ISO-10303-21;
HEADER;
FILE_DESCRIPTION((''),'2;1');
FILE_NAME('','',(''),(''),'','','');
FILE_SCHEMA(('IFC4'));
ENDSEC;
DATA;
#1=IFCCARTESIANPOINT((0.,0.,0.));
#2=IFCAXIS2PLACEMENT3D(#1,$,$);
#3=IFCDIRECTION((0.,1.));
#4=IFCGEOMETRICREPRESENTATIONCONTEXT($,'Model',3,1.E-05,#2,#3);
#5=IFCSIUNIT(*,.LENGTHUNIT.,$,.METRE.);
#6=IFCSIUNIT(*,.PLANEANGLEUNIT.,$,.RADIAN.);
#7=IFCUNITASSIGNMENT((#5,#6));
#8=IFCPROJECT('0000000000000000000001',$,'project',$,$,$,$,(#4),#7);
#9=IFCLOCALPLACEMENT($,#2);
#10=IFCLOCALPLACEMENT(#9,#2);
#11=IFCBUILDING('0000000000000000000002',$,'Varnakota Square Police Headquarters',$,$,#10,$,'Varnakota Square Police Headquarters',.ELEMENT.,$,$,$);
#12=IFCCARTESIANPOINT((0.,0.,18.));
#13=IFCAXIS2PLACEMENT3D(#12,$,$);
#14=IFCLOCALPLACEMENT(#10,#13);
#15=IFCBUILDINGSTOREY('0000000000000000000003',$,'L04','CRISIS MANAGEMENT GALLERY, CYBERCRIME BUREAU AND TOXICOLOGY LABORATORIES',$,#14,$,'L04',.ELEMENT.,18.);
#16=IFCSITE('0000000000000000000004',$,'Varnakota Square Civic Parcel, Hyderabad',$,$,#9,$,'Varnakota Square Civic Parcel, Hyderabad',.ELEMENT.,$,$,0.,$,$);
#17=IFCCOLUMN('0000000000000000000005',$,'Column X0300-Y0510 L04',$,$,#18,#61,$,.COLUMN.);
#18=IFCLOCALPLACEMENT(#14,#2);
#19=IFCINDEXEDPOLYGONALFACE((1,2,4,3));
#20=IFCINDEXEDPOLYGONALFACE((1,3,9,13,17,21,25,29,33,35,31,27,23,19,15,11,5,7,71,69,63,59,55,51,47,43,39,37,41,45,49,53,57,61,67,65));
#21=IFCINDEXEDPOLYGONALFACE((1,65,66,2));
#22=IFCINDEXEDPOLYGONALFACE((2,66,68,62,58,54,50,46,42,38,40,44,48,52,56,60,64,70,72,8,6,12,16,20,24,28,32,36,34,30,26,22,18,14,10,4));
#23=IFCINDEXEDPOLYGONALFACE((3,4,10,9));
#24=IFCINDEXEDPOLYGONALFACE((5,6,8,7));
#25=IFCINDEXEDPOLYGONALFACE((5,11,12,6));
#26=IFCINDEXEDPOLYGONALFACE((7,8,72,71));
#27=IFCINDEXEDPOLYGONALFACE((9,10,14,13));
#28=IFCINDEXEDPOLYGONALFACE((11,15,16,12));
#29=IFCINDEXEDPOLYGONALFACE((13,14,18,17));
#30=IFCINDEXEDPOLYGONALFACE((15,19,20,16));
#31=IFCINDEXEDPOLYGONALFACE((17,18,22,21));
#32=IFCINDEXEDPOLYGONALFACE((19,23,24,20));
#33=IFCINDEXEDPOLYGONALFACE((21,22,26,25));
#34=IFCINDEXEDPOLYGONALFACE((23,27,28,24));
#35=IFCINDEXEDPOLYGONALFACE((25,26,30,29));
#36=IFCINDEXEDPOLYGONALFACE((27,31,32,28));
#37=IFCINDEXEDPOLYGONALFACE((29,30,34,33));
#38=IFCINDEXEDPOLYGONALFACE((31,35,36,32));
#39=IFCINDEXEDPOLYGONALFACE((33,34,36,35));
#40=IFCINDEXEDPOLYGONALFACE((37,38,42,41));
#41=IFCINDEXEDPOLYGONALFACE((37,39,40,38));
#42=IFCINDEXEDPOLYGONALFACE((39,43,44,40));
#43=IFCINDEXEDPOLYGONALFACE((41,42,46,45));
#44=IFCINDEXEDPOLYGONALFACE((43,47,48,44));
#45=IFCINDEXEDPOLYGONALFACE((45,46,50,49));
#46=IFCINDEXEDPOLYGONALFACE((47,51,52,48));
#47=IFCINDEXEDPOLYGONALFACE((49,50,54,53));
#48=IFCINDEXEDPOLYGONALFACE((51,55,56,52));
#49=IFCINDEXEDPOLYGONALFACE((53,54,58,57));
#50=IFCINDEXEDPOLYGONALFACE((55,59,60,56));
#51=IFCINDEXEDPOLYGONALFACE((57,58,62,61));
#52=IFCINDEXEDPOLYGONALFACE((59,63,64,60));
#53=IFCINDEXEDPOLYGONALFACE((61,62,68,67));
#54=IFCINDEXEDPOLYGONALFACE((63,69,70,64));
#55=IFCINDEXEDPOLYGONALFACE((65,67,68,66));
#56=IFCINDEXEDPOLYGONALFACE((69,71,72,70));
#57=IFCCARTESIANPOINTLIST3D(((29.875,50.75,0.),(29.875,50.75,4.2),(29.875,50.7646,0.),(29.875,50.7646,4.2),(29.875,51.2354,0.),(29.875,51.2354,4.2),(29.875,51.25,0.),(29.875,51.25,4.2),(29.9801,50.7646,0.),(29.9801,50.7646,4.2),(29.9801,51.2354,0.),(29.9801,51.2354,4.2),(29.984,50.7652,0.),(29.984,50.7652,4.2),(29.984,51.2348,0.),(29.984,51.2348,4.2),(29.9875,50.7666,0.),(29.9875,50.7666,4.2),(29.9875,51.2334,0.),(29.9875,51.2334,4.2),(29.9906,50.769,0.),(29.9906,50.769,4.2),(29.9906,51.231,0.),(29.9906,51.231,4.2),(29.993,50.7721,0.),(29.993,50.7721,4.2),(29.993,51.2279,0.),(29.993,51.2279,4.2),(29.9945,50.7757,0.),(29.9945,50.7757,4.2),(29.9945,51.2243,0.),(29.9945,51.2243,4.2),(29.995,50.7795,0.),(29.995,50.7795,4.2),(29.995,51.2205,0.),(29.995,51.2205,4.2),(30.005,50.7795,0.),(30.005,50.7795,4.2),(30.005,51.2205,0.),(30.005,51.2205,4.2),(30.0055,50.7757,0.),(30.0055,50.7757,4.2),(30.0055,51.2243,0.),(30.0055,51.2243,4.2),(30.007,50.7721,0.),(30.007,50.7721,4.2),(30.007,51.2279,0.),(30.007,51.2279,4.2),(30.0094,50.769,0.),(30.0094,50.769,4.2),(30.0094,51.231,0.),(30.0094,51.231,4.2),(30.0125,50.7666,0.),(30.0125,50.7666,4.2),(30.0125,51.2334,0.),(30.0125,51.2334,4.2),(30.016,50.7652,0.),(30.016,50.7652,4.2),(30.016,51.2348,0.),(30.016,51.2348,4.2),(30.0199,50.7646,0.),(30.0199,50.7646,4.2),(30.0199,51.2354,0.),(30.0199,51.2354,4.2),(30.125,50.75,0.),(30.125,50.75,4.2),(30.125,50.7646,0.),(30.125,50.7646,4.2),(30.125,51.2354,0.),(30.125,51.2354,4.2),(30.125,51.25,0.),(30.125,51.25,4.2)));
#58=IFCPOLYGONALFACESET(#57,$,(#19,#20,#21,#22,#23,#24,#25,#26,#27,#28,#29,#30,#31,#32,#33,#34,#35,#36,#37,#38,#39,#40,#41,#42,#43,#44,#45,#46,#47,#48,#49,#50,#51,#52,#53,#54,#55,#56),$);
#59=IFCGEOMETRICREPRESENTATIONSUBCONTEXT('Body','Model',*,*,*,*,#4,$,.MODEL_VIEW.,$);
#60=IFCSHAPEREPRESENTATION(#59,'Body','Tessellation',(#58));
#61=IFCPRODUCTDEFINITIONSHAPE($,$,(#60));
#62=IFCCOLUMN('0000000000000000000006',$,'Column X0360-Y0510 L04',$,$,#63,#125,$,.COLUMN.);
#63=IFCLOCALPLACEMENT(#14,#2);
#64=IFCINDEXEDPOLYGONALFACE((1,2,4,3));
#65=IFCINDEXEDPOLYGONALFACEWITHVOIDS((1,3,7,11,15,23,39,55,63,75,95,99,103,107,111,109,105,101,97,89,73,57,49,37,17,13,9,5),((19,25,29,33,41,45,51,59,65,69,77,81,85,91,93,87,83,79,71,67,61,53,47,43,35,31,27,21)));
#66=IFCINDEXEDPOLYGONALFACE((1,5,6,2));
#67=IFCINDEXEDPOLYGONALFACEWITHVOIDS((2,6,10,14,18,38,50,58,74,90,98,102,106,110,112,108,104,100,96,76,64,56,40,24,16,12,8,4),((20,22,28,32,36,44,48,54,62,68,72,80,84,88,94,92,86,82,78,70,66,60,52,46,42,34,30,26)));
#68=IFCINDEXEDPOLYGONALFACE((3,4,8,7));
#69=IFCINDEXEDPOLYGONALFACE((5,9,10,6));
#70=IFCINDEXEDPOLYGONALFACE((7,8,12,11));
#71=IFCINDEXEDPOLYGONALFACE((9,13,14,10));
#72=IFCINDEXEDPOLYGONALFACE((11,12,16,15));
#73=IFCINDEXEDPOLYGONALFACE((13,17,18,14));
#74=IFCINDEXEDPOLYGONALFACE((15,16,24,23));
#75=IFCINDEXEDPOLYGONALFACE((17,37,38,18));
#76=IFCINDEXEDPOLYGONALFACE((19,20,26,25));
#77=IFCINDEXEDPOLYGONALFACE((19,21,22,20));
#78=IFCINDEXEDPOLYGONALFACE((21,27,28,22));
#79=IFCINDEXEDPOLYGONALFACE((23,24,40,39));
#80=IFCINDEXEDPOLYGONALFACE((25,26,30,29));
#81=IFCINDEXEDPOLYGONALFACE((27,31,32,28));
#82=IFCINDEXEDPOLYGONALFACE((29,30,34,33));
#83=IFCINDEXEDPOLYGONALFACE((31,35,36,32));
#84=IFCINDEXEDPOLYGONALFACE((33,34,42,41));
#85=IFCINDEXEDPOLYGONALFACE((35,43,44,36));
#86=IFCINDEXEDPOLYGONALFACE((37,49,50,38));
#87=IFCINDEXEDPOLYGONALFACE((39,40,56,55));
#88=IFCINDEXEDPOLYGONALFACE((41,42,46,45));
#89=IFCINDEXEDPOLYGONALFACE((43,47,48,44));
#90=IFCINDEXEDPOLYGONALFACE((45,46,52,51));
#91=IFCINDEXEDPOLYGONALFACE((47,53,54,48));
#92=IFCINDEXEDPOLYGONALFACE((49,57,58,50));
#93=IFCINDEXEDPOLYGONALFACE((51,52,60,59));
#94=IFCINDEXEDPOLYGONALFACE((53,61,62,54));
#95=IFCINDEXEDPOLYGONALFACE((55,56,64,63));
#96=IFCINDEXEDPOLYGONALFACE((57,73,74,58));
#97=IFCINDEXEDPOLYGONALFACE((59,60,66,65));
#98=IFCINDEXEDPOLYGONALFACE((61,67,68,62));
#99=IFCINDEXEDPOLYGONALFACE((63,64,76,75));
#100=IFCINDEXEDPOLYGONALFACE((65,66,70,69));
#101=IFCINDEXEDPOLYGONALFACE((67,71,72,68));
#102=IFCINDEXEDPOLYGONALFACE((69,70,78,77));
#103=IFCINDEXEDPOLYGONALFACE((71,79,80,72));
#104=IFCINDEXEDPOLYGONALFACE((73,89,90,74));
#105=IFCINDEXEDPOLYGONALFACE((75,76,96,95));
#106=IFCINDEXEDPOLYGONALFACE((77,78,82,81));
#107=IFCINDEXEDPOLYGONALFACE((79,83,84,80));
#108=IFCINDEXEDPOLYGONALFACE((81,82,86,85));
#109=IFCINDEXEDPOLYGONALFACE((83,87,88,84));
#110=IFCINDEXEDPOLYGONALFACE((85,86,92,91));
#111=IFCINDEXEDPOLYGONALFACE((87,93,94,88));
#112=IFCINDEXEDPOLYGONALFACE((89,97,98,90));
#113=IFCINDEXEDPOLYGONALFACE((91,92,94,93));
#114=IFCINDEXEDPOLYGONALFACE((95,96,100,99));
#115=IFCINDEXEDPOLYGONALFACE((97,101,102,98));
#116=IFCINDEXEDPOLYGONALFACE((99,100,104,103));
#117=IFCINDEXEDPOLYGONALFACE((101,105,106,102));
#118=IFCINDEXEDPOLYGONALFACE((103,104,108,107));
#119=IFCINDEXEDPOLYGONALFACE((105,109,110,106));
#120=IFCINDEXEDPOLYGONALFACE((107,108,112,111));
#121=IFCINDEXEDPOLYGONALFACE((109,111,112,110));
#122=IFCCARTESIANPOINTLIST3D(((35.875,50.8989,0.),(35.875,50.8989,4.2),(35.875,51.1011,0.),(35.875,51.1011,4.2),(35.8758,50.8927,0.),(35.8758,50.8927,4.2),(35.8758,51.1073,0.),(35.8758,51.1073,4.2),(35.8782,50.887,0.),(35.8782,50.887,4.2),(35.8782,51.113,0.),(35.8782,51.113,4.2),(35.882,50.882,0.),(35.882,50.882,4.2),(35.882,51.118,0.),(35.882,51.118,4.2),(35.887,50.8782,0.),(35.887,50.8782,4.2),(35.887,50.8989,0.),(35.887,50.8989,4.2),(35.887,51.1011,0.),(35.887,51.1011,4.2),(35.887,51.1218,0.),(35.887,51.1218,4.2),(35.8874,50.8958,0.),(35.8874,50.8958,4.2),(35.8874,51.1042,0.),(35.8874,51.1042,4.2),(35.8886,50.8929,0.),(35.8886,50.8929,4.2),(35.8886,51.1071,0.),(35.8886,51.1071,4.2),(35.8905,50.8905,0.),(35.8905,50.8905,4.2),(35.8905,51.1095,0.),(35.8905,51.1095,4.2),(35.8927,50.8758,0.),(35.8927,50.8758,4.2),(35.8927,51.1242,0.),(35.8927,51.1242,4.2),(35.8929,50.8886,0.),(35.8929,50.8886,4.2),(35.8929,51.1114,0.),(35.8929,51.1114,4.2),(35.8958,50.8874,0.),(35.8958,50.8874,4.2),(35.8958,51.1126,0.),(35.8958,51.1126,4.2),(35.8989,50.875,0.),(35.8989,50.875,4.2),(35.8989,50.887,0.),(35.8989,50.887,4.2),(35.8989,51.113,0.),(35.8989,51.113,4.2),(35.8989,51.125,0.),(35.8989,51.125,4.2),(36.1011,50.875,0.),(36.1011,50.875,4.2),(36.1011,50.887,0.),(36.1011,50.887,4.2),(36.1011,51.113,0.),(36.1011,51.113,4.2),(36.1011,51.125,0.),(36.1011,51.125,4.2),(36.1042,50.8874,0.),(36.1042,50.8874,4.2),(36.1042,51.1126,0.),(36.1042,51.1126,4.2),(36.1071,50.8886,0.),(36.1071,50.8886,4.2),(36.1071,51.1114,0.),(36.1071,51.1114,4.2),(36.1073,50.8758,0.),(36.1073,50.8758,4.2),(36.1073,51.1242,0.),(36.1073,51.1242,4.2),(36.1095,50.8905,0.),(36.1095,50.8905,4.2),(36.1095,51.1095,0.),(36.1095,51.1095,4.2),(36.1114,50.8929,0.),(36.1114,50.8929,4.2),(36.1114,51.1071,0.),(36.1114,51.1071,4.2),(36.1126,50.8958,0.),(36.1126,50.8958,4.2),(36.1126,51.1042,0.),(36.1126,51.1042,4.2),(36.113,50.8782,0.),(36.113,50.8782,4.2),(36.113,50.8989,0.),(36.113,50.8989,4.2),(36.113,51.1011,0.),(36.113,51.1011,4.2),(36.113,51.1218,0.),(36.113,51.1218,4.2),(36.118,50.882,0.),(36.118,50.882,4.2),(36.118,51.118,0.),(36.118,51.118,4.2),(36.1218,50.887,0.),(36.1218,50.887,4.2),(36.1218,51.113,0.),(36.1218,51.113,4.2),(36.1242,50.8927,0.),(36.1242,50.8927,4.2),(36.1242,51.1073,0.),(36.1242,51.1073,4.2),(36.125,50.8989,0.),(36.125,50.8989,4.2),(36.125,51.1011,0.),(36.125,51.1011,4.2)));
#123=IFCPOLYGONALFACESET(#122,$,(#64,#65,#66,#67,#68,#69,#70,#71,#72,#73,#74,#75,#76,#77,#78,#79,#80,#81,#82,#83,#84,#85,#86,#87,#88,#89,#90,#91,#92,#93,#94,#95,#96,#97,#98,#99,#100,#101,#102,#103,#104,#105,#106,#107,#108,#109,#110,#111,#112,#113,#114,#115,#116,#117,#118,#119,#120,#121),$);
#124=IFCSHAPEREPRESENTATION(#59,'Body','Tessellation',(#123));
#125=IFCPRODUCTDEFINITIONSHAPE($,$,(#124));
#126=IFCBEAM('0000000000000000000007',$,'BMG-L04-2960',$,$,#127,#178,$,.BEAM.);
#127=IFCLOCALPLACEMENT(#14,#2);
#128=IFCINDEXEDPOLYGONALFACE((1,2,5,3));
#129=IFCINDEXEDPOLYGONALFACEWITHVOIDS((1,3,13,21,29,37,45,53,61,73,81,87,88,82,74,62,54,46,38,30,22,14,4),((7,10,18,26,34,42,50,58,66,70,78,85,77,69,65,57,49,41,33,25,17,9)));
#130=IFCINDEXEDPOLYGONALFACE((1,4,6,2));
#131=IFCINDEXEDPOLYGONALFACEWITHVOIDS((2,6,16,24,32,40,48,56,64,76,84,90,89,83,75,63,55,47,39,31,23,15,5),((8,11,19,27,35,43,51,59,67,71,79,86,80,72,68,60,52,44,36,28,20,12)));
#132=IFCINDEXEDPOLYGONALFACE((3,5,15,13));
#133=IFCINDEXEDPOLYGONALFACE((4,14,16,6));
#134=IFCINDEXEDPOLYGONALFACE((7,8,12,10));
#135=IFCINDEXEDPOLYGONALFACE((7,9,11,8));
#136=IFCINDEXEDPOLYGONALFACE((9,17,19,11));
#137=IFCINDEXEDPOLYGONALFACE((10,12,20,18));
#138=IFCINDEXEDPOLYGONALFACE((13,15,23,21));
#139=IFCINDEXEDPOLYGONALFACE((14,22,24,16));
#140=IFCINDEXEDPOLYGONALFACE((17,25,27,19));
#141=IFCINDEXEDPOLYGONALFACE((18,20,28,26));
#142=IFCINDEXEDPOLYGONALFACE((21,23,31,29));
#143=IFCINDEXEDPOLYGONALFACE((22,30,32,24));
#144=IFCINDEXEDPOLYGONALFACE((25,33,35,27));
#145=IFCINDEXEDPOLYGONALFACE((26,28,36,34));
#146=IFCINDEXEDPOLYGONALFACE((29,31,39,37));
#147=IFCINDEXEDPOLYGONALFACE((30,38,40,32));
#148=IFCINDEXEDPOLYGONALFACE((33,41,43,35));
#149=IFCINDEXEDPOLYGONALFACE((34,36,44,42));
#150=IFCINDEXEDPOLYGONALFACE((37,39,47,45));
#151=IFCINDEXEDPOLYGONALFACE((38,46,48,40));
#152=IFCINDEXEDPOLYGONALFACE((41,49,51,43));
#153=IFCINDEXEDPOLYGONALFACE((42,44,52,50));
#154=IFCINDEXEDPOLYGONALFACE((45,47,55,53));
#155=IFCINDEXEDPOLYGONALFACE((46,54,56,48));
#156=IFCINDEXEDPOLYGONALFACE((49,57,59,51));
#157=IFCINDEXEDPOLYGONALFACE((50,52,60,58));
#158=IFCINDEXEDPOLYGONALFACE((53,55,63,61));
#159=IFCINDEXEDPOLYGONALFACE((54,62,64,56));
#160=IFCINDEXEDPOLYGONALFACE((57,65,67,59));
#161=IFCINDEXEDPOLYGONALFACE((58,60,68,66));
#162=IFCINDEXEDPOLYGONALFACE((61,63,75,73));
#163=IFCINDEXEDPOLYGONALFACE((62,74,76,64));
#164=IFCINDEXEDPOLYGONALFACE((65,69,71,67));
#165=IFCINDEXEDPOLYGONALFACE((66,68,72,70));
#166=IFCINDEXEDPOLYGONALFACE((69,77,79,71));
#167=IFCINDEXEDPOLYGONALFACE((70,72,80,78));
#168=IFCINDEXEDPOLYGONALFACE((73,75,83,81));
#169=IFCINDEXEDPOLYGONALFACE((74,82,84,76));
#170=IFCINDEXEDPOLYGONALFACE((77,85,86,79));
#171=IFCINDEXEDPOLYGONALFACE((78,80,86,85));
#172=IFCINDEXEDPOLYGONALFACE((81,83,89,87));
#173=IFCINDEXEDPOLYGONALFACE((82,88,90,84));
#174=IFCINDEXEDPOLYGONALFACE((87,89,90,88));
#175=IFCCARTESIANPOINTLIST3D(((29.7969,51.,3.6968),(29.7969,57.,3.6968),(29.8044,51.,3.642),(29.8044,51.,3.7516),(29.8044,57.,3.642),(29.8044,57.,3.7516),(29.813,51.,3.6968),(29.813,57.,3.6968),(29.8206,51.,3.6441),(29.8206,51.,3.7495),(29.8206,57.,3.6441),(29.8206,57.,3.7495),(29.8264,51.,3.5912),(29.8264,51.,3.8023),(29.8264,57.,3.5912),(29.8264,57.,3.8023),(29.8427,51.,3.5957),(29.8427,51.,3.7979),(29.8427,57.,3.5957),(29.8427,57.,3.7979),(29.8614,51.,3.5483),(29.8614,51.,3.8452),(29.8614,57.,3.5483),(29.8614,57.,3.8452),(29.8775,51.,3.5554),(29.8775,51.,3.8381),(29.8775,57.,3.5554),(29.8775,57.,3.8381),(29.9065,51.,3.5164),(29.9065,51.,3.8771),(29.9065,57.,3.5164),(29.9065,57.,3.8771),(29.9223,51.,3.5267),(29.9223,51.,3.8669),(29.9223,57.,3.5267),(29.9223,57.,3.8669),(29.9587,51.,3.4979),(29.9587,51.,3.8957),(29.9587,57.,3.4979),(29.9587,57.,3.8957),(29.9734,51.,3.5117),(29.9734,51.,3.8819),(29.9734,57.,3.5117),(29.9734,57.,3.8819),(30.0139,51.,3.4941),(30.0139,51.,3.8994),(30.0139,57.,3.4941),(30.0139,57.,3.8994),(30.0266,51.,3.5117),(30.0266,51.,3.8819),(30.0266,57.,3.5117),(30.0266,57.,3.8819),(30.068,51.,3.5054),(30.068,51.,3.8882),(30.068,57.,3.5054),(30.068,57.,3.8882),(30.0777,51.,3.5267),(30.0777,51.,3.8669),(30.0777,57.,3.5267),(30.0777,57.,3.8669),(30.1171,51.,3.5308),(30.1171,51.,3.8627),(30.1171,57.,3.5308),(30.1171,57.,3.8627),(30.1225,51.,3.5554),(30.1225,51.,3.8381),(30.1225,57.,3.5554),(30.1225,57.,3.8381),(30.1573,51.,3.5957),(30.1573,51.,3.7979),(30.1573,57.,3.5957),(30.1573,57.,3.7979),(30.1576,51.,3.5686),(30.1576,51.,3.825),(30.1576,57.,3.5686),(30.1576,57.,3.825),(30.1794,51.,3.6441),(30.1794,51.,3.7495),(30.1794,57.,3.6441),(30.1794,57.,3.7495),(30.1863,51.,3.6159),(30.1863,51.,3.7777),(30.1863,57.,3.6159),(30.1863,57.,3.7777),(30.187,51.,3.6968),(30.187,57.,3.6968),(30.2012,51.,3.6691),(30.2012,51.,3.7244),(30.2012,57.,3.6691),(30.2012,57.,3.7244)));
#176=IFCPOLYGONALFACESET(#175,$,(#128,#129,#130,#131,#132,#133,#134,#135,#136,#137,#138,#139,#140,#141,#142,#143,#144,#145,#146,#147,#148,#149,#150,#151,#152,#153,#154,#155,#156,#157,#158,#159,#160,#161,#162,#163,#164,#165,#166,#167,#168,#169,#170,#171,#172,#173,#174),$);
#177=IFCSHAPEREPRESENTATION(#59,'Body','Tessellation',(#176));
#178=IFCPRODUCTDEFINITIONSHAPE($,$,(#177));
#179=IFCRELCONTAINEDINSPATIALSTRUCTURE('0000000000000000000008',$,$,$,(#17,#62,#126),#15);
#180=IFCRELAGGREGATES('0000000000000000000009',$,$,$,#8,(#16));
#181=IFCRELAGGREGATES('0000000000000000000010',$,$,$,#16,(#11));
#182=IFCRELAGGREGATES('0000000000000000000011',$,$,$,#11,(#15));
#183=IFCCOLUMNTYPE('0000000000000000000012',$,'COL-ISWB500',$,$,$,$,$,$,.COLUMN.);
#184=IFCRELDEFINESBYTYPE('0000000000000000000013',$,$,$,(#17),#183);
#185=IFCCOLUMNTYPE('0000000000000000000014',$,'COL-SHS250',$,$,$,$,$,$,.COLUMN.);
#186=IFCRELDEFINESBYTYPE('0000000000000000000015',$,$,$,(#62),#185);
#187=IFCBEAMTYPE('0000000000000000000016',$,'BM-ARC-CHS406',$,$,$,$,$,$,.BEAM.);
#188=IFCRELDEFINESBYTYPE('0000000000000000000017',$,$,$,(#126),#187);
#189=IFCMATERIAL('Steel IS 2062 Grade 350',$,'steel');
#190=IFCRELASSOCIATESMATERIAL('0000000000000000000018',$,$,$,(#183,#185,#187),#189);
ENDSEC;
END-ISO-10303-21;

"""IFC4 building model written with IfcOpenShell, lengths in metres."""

from ifc_helpers import new_model, si_unit, direction, frame, origin, origin_2d, place, context, subcontext, project, spatial, hollow_rectangle, hollow_circle, i_section, extrude, material, material_profile, profile_set, type_object, element, save


model = new_model("IFC4")

# Units and contexts
model_context = context("Model", 3, precision=1e-05, world=origin(), true_north=direction((0.0, 1.0)))
body_context = subcontext(model_context, "Body", "Model", "MODEL_VIEW")
ifc_project = project(units=[si_unit("LENGTHUNIT", "METRE"), si_unit("PLANEANGLEUNIT", "RADIAN")], contexts=[model_context])

# Site, building, storey
site_placement = place(None, origin())
site = spatial("IfcSite", under=ifc_project, at=site_placement, Name="Varnakota Square Civic Parcel, Hyderabad", LongName="Varnakota Square Civic Parcel, Hyderabad", CompositionType="ELEMENT", RefElevation=0.0)
building_placement = place(site_placement, origin())
building = spatial("IfcBuilding", under=site, at=building_placement, Name="Varnakota Square Police Headquarters", LongName="Varnakota Square Police Headquarters", CompositionType="ELEMENT")
storey_placement = place(building_placement, frame((0.0, 0.0, 18.0)))
storey = spatial("IfcBuildingStorey", under=building, at=storey_placement, Name="L04", Description="CRISIS MANAGEMENT GALLERY, CYBERCRIME BUREAU AND TOXICOLOGY LABORATORIES", LongName="L04", CompositionType="ELEMENT", Elevation=18.0)

# Columns
ifc_material_1 = material(Name="Steel IS 2062 Grade 350", Category="steel")
ifc_material_profile_1 = material_profile(ifc_material_1, i_section(OverallWidth=0.25, OverallDepth=0.5, WebThickness=0.01, FlangeThickness=0.0146, FilletRadius=0.0149, at=origin_2d()), Name="ISWB 500")
ifc_profile_set_1 = profile_set([ifc_material_profile_1], Name="Steel IS 2062 Grade 350")
column_type_1 = type_object("IfcColumnType", Name="COL-ISWB500", PredefinedType="COLUMN", material=ifc_profile_set_1)
column_1_placement = place(storey_placement, frame((30.0, 51.0, 0.0), z_axis=(0.0, 0.0, 1.0), x_axis=(1.0, 0.0, 0.0)))
element("IfcColumn", 1, at=column_1_placement, inside=storey, type_object=column_type_1, Name="Column X0300-Y0510 L04", PredefinedType="COLUMN", context=body_context, shape_type="SweptSolid", body=[
    extrude(i_section(OverallWidth=0.25, OverallDepth=0.5, WebThickness=0.01, FlangeThickness=0.0146, FilletRadius=0.0149, at=origin_2d()), origin(), (0.0, 0.0, 1.0), 4.2),
])
ifc_material_profile_2 = material_profile(ifc_material_1, hollow_rectangle(XDim=0.25, YDim=0.25, WallThickness=0.012, InnerFilletRadius=0.012, OuterFilletRadius=0.0239, at=origin_2d()), Name="SHS 250x250x12")
ifc_profile_set_2 = profile_set([ifc_material_profile_2], Name="Steel IS 2062 Grade 350")
column_type_2 = type_object("IfcColumnType", Name="COL-SHS250", PredefinedType="COLUMN", material=ifc_profile_set_2)
column_2_placement = place(storey_placement, frame((36.0, 51.0, 0.0), z_axis=(0.0, 0.0, 1.0), x_axis=(1.0, 0.0, 0.0)))
element("IfcColumn", 2, at=column_2_placement, inside=storey, type_object=column_type_2, Name="Column X0360-Y0510 L04", PredefinedType="COLUMN", context=body_context, shape_type="SweptSolid", body=[
    extrude(hollow_rectangle(XDim=0.25, YDim=0.25, WallThickness=0.012, InnerFilletRadius=0.012, OuterFilletRadius=0.0239, at=origin_2d()), origin(), (0.0, 0.0, 1.0), 4.2),
])

# Beam
ifc_material_profile_3 = material_profile(ifc_material_1, hollow_circle(Radius=0.2031, WallThickness=0.0161, at=origin_2d()), Name="CHS 406.4x16.0")
ifc_profile_set_3 = profile_set([ifc_material_profile_3], Name="Steel IS 2062 Grade 350")
beam_type_1 = type_object("IfcBeamType", Name="BM-ARC-CHS406", PredefinedType="BEAM", material=ifc_profile_set_3)
for number, where, z_axis, x_axis, name in (
    (3, (30.0, 51.0, 3.6968), (0.0, 1.0, 0.0), (-1.0, 0.0, 0.0), "BMG-L04-2960"),
):
    element("IfcBeam", number, at=place(storey_placement, frame(where, z_axis=z_axis, x_axis=x_axis)), inside=storey, type_object=beam_type_1, Name=name, PredefinedType="BEAM", context=body_context, shape_type="SweptSolid", body=[
        extrude(hollow_circle(Radius=0.2031, WallThickness=0.0161, at=origin_2d()), origin(), (0.0, 0.0, 1.0), 6.0),
    ])

save(model, "model.ifc")
